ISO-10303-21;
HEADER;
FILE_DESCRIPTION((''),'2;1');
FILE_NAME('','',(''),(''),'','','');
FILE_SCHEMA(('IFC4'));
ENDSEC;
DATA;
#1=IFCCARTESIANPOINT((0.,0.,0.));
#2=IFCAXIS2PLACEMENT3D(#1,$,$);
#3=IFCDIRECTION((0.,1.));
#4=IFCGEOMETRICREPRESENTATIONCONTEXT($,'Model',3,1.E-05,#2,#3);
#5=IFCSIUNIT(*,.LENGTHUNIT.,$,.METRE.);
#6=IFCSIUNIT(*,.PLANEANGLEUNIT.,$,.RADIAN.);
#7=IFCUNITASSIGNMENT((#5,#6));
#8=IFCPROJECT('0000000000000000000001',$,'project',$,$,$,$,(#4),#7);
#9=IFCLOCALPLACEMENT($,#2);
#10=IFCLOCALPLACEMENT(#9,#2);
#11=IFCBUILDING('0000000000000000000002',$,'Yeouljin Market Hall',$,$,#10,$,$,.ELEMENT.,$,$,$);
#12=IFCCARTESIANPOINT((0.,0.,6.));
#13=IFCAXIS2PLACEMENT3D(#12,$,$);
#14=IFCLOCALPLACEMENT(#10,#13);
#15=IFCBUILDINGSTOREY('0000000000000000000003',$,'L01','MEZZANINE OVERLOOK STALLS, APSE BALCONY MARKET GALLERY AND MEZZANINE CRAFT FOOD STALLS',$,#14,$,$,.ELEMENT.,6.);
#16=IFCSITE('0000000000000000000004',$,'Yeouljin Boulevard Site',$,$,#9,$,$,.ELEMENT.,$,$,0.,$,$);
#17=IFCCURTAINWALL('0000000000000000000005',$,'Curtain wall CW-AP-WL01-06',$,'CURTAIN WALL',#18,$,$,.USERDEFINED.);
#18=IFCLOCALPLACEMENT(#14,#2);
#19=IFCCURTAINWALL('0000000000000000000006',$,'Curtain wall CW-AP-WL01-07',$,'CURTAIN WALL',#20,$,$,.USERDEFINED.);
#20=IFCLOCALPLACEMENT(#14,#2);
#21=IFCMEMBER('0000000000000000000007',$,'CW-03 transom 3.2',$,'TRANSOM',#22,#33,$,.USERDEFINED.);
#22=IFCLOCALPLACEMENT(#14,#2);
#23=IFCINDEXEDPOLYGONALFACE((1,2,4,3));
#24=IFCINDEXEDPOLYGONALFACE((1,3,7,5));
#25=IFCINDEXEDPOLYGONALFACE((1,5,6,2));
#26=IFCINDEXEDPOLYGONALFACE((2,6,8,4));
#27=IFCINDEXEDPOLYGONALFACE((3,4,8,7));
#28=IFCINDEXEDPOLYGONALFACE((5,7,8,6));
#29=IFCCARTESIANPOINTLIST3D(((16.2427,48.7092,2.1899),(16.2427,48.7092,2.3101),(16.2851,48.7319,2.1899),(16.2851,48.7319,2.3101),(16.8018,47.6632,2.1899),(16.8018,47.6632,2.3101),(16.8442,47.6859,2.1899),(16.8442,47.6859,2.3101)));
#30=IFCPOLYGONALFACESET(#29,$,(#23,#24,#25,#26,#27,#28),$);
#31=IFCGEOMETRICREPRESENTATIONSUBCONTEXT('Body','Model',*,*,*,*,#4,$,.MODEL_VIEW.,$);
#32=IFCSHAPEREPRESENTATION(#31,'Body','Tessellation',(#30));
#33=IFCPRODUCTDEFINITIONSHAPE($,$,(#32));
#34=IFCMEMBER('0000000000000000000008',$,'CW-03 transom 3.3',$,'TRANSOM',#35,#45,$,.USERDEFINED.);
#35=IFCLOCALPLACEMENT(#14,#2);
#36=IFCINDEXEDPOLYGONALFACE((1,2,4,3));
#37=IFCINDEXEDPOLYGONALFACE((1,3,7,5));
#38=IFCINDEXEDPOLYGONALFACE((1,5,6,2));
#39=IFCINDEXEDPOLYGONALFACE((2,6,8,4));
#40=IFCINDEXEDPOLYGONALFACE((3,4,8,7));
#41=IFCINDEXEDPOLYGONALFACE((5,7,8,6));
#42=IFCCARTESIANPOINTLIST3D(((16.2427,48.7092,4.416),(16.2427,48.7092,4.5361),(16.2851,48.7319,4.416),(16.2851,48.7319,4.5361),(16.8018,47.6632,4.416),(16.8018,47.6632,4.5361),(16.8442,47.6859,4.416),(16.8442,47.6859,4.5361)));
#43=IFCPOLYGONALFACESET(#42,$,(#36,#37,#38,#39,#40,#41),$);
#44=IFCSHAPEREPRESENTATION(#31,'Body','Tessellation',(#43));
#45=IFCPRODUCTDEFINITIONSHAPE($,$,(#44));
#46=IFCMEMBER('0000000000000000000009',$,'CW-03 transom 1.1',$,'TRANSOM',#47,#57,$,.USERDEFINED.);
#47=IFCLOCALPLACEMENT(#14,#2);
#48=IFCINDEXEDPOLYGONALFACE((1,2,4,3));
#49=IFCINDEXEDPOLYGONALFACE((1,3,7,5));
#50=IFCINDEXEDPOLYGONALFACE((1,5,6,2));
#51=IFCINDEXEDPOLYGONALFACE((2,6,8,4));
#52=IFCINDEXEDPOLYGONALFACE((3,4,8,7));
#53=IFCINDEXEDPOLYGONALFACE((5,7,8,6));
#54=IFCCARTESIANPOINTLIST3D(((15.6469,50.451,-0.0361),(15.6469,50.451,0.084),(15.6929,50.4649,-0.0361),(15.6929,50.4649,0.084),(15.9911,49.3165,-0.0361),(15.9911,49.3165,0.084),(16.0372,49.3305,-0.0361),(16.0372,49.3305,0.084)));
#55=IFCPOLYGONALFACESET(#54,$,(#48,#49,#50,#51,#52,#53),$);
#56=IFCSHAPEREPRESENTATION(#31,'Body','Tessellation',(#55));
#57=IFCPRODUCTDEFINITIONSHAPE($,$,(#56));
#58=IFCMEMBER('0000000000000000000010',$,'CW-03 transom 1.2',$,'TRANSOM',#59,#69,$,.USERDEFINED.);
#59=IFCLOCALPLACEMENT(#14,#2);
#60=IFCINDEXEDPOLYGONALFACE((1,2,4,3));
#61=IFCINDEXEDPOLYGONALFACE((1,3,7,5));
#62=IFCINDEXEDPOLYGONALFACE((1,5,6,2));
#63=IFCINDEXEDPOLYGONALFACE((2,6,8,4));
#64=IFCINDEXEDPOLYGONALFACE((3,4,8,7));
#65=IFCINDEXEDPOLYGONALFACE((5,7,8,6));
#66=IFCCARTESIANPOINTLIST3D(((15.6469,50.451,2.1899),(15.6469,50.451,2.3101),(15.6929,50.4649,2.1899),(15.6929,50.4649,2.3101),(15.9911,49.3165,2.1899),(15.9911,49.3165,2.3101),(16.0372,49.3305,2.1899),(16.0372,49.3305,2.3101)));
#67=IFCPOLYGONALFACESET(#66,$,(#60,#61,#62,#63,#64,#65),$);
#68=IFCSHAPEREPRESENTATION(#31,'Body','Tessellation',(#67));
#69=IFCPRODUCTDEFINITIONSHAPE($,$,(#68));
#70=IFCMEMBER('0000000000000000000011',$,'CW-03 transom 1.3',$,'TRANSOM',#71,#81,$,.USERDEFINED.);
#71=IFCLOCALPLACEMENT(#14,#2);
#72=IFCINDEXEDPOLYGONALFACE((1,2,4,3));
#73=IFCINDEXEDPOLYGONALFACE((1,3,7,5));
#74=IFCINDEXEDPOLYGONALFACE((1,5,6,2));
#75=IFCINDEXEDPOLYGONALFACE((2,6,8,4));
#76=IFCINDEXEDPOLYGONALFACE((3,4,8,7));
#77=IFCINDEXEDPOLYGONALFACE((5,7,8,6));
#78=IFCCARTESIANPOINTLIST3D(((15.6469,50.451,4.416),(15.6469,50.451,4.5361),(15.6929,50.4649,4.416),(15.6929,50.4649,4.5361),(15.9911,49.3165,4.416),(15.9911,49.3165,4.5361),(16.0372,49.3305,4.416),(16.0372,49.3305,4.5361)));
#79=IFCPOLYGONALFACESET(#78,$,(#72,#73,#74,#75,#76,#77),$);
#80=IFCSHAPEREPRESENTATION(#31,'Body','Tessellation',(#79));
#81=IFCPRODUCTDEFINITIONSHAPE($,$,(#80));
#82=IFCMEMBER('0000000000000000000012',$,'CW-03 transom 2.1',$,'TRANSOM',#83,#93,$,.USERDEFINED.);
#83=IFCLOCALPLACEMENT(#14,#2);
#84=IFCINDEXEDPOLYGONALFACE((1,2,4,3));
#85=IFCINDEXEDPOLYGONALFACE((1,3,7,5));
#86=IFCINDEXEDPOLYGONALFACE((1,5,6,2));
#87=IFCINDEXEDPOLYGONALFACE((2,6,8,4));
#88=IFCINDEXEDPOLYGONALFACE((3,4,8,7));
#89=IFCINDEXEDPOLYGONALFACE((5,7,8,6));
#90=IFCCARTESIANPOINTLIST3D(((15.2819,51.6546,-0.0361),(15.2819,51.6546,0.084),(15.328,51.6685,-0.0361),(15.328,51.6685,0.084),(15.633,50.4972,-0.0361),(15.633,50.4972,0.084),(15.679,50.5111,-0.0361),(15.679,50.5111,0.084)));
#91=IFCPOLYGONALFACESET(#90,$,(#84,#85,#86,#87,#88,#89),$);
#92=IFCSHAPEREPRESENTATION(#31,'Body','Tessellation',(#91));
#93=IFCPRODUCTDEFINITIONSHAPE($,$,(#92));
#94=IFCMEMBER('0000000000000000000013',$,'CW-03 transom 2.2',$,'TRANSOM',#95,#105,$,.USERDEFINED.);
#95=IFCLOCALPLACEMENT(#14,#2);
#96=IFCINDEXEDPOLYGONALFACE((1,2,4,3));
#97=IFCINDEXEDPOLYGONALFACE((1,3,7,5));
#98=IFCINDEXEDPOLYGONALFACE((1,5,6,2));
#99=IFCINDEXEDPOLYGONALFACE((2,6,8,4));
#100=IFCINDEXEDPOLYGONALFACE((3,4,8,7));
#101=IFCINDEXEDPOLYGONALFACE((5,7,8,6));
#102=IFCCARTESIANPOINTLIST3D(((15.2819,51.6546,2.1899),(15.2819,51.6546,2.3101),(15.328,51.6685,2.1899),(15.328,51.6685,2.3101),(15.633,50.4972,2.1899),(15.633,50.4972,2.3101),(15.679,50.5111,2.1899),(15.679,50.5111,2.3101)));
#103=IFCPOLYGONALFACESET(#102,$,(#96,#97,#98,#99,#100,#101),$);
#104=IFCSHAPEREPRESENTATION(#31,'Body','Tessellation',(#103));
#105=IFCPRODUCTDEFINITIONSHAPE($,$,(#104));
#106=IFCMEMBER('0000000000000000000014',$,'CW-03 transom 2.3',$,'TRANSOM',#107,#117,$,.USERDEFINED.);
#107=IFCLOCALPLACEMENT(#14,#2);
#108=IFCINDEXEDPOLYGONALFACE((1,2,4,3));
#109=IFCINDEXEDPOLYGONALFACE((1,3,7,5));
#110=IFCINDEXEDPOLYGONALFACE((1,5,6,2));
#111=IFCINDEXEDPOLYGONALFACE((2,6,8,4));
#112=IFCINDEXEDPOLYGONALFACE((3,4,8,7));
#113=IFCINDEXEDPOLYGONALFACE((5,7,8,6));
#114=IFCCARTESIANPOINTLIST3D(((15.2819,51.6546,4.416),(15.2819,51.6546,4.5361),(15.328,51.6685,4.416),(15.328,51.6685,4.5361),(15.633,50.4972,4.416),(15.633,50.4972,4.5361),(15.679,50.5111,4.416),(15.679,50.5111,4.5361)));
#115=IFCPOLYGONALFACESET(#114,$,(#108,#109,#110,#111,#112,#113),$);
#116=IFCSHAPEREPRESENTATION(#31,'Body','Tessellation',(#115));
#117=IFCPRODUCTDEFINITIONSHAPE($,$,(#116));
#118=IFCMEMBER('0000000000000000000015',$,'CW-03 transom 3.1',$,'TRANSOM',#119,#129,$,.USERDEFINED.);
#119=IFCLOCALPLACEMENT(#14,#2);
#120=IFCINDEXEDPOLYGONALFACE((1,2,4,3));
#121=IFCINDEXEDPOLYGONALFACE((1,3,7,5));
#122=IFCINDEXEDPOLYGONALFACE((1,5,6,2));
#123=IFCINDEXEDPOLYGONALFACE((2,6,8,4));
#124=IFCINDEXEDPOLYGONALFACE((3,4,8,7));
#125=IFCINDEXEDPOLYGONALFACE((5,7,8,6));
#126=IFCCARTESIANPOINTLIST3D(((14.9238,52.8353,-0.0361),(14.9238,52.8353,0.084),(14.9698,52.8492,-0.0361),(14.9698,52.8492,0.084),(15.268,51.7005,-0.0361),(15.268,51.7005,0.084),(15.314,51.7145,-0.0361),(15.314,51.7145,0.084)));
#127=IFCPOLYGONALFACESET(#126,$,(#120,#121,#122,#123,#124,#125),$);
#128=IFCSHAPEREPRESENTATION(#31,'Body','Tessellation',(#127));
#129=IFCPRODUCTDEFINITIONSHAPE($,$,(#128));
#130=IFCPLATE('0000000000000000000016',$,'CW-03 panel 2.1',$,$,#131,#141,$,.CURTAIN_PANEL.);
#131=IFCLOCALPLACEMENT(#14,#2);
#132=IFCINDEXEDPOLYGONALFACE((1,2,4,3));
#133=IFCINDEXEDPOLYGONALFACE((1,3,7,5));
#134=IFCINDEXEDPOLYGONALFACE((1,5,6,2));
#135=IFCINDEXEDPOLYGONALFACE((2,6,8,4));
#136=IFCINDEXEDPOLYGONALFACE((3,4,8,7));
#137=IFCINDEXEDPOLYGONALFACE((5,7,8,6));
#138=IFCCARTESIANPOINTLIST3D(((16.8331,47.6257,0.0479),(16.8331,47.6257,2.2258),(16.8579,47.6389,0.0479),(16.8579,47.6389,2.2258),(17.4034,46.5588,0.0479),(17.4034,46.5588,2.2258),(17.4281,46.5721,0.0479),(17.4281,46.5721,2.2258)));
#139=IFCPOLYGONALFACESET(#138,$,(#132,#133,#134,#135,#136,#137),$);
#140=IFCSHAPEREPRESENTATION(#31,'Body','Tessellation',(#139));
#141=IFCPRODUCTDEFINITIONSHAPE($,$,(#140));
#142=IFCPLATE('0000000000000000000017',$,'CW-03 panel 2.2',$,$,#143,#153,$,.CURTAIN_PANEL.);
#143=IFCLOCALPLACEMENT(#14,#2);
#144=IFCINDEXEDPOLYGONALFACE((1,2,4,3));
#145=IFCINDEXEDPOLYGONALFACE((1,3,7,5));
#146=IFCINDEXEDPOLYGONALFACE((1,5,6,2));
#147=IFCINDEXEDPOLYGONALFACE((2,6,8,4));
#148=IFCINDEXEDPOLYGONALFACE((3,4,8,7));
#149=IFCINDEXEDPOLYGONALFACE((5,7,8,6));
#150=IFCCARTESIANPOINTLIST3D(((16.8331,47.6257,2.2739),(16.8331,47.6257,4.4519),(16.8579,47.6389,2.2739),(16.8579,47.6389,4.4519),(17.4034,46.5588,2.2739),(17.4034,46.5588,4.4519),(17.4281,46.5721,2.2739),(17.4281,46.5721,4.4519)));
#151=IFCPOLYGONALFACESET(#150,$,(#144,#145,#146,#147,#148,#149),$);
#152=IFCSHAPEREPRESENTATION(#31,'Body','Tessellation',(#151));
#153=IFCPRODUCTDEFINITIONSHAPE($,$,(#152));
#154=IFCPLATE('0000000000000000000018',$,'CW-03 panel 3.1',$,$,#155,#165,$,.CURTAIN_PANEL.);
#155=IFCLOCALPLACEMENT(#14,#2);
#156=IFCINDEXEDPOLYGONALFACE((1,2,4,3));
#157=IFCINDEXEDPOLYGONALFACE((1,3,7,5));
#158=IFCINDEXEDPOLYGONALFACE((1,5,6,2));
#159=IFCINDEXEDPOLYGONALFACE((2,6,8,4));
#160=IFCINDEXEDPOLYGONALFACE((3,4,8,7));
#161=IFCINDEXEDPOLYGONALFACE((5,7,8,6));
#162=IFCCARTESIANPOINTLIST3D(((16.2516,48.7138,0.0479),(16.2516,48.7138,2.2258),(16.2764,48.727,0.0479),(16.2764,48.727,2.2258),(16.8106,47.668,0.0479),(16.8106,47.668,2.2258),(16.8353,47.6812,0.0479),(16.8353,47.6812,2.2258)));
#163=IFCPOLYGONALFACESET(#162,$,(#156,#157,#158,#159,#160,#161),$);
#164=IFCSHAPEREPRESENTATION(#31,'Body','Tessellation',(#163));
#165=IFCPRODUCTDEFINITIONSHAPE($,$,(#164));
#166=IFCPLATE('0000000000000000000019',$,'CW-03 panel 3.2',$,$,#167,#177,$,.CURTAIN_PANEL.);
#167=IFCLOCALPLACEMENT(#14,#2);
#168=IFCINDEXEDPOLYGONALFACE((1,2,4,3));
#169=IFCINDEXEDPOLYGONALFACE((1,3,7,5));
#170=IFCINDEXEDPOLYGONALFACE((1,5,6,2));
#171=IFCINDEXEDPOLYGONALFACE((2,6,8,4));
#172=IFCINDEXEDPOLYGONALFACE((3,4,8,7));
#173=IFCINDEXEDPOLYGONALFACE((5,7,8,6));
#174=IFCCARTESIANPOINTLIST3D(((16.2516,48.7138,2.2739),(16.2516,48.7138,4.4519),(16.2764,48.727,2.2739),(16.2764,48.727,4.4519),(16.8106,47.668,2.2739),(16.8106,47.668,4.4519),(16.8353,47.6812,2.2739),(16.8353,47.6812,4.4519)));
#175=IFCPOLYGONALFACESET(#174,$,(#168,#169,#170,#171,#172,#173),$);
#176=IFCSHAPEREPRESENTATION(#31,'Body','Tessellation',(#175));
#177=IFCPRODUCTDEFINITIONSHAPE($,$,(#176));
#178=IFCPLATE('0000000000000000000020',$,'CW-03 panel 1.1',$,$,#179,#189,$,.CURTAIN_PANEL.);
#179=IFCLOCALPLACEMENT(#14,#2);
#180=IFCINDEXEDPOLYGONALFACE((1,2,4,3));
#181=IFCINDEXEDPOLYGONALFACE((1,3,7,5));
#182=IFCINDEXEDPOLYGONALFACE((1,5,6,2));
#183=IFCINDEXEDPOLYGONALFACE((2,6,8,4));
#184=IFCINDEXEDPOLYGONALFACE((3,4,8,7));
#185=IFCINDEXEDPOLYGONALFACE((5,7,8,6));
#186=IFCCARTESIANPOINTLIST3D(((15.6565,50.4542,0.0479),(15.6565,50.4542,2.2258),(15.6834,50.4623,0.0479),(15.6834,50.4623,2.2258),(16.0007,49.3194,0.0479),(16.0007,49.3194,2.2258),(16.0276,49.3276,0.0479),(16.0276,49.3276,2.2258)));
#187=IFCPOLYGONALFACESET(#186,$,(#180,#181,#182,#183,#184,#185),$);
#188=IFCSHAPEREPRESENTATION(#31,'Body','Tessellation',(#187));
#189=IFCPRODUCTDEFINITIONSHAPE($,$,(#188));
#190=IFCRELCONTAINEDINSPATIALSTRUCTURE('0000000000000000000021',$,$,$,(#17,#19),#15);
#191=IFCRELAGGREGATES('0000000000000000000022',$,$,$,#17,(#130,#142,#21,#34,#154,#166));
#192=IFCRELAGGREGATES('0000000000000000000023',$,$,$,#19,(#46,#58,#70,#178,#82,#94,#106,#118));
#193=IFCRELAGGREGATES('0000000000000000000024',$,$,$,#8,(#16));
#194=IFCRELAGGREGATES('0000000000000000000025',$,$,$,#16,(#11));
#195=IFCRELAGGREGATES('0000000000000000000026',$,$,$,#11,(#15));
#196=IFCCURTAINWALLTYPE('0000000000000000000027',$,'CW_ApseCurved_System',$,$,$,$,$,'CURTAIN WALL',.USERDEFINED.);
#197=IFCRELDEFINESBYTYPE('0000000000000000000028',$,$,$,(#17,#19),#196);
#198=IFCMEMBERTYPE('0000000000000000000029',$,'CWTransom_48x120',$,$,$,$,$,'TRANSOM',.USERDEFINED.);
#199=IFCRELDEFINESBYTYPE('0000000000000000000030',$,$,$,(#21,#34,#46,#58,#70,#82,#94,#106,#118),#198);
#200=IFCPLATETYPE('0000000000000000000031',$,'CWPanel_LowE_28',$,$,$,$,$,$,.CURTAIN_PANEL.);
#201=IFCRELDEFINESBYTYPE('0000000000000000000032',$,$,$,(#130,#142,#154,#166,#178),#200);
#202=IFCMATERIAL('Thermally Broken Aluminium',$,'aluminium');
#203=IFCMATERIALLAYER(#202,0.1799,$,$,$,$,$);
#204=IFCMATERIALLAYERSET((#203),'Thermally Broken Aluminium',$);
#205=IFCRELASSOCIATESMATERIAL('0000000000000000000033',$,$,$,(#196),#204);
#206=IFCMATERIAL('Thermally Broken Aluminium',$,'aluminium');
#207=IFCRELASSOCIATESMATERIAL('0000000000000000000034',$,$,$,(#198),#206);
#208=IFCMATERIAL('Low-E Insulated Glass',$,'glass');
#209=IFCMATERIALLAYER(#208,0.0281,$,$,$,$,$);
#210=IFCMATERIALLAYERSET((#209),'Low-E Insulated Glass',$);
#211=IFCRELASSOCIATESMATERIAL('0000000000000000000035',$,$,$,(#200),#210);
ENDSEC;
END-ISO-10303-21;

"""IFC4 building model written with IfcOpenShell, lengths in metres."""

from ifc_helpers import new_model, si_unit, direction, frame, origin, origin_2d, place, context, subcontext, project, spatial, rectangle, extrude, material, layer, layer_set, material_profile, profile_set, type_object, element, aggregate, save


model = new_model("IFC4")

# Units and contexts
model_context = context("Model", 3, precision=1e-05, world=origin(), true_north=direction((0.0, 1.0)))
body_context = subcontext(model_context, "Body", "Model", "MODEL_VIEW")
ifc_project = project(units=[si_unit("LENGTHUNIT", "METRE"), si_unit("PLANEANGLEUNIT", "RADIAN")], contexts=[model_context])

# Site, building, storey
site_placement = place(None, origin())
site = spatial("IfcSite", under=ifc_project, at=site_placement, Name="Yeouljin Boulevard Site", CompositionType="ELEMENT", RefElevation=0.0)
building_placement = place(site_placement, origin())
building = spatial("IfcBuilding", under=site, at=building_placement, Name="Yeouljin Market Hall", CompositionType="ELEMENT")
storey_placement = place(building_placement, frame((0.0, 0.0, 6.0)))
storey = spatial("IfcBuildingStorey", under=building, at=storey_placement, Name="L01", Description="MEZZANINE OVERLOOK STALLS, APSE BALCONY MARKET GALLERY AND MEZZANINE CRAFT FOOD STALLS", CompositionType="ELEMENT", Elevation=6.0)

# Curtain walls
ifc_material_1 = material(Name="Thermally Broken Aluminium", Category="aluminium")
ifc_layer_1 = layer(ifc_material_1, 0.1799)
ifc_layer_set_1 = layer_set([ifc_layer_1], Name="Thermally Broken Aluminium")
curtain_wall_type = type_object("IfcCurtainWallType", Name="CW_ApseCurved_System", ElementType="CURTAIN WALL", PredefinedType="USERDEFINED", material=ifc_layer_set_1)
curtain_wall_1_placement = place(storey_placement, origin())
curtain_wall_1 = element("IfcCurtainWall", 1, at=curtain_wall_1_placement, inside=storey, type_object=curtain_wall_type, Name="Curtain wall CW-AP-WL01-06", ObjectType="CURTAIN WALL", PredefinedType="USERDEFINED")
curtain_wall_2_placement = place(storey_placement, origin())
curtain_wall_2 = element("IfcCurtainWall", 2, at=curtain_wall_2_placement, inside=storey, type_object=curtain_wall_type, Name="Curtain wall CW-AP-WL01-07", ObjectType="CURTAIN WALL", PredefinedType="USERDEFINED")

# Members
ifc_material_2 = material(Name="Thermally Broken Aluminium", Category="aluminium")
ifc_material_profile_1 = material_profile(ifc_material_2, rectangle(XDim=0.0481, YDim=0.1201, at=origin_2d()), Name="CW-TRAN-48x120")
ifc_profile_set_1 = profile_set([ifc_material_profile_1], Name="Thermally Broken Aluminium")
member_type_1 = type_object("IfcMemberType", Name="CWTransom_48x120", ElementType="TRANSOM", PredefinedType="USERDEFINED", material=ifc_profile_set_1)
member_1_placement = place(storey_placement, frame((16.823, 47.6746, 2.25), z_axis=(-0.471421, 0.881908, 0.0), x_axis=(-0.881908, -0.471421, 0.0)))
member_1 = element("IfcMember", 3, at=member_1_placement, type_object=member_type_1, Name="CW-03 transom 3.2", ObjectType="TRANSOM", PredefinedType="USERDEFINED", context=body_context, shape_type="SweptSolid", body=[
    extrude(rectangle(XDim=0.0481, YDim=0.1201, at=origin_2d()), origin(), (0.0, 0.0, 1.0), 1.186),
])
member_2_placement = place(storey_placement, frame((16.823, 47.6746, 4.4761), z_axis=(-0.471421, 0.881908, 0.0), x_axis=(-0.881908, -0.471421, 0.0)))
member_2 = element("IfcMember", 4, at=member_2_placement, type_object=member_type_1, Name="CW-03 transom 3.3", ObjectType="TRANSOM", PredefinedType="USERDEFINED", context=body_context, shape_type="SweptSolid", body=[
    extrude(rectangle(XDim=0.0481, YDim=0.1201, at=origin_2d()), origin(), (0.0, 0.0, 1.0), 1.186),
])
member_3_placement = place(storey_placement, frame((16.0142, 49.3235, 0.0239), z_axis=(-0.29035, 0.95692, 0.0), x_axis=(-0.95692, -0.29035, 0.0)))
member_3 = element("IfcMember", 5, at=member_3_placement, type_object=member_type_1, Name="CW-03 transom 1.1", ObjectType="TRANSOM", PredefinedType="USERDEFINED", context=body_context, shape_type="SweptSolid", body=[
    extrude(rectangle(XDim=0.0481, YDim=0.1201, at=origin_2d()), origin(), (0.0, 0.0, 1.0), 1.1855),
])
member_4_placement = place(storey_placement, frame((16.0142, 49.3235, 2.25), z_axis=(-0.29035, 0.95692, 0.0), x_axis=(-0.95692, -0.29035, 0.0)))
member_4 = element("IfcMember", 6, at=member_4_placement, type_object=member_type_1, Name="CW-03 transom 1.2", ObjectType="TRANSOM", PredefinedType="USERDEFINED", context=body_context, shape_type="SweptSolid", body=[
    extrude(rectangle(XDim=0.0481, YDim=0.1201, at=origin_2d()), origin(), (0.0, 0.0, 1.0), 1.1855),
])
member_5_placement = place(storey_placement, frame((16.0142, 49.3235, 4.4761), z_axis=(-0.29035, 0.95692, 0.0), x_axis=(-0.95692, -0.29035, 0.0)))
member_5 = element("IfcMember", 7, at=member_5_placement, type_object=member_type_1, Name="CW-03 transom 1.3", ObjectType="TRANSOM", PredefinedType="USERDEFINED", context=body_context, shape_type="SweptSolid", body=[
    extrude(rectangle(XDim=0.0481, YDim=0.1201, at=origin_2d()), origin(), (0.0, 0.0, 1.0), 1.1855),
])
member_6_placement = place(storey_placement, frame((15.656, 50.5042, 0.0239), z_axis=(-0.290254, 0.95695, 0.0), x_axis=(-0.95695, -0.290254, 0.0)))
member_6 = element("IfcMember", 8, at=member_6_placement, type_object=member_type_1, Name="CW-03 transom 2.1", ObjectType="TRANSOM", PredefinedType="USERDEFINED", context=body_context, shape_type="SweptSolid", body=[
    extrude(rectangle(XDim=0.0481, YDim=0.1201, at=origin_2d()), origin(), (0.0, 0.0, 1.0), 1.2095),
])
member_7_placement = place(storey_placement, frame((15.656, 50.5042, 2.25), z_axis=(-0.290254, 0.95695, 0.0), x_axis=(-0.95695, -0.290254, 0.0)))
member_7 = element("IfcMember", 9, at=member_7_placement, type_object=member_type_1, Name="CW-03 transom 2.2", ObjectType="TRANSOM", PredefinedType="USERDEFINED", context=body_context, shape_type="SweptSolid", body=[
    extrude(rectangle(XDim=0.0481, YDim=0.1201, at=origin_2d()), origin(), (0.0, 0.0, 1.0), 1.2095),
])
member_8_placement = place(storey_placement, frame((15.656, 50.5042, 4.4761), z_axis=(-0.290254, 0.95695, 0.0), x_axis=(-0.95695, -0.290254, 0.0)))
member_8 = element("IfcMember", 10, at=member_8_placement, type_object=member_type_1, Name="CW-03 transom 2.3", ObjectType="TRANSOM", PredefinedType="USERDEFINED", context=body_context, shape_type="SweptSolid", body=[
    extrude(rectangle(XDim=0.0481, YDim=0.1201, at=origin_2d()), origin(), (0.0, 0.0, 1.0), 1.2095),
])
member_9_placement = place(storey_placement, frame((15.291, 51.7075, 0.0239), z_axis=(-0.290293, 0.956938, 0.0), x_axis=(-0.956938, -0.290293, 0.0)))
member_9 = element("IfcMember", 11, at=member_9_placement, type_object=member_type_1, Name="CW-03 transom 3.1", ObjectType="TRANSOM", PredefinedType="USERDEFINED", context=body_context, shape_type="SweptSolid", body=[
    extrude(rectangle(XDim=0.0481, YDim=0.1201, at=origin_2d()), origin(), (0.0, 0.0, 1.0), 1.1858),
])

# Plates
ifc_material_3 = material(Name="Low-E Insulated Glass", Category="glass")
ifc_layer_2 = layer(ifc_material_3, 0.0281)
ifc_layer_set_2 = layer_set([ifc_layer_2], Name="Low-E Insulated Glass")
plate_type = type_object("IfcPlateType", Name="CWPanel_LowE_28", PredefinedType="CURTAIN_PANEL", material=ifc_layer_set_2)
plate_1_placement = place(storey_placement, frame((17.1306, 47.0989, 0.0479), z_axis=(0.0, 0.0, 1.0), x_axis=(-0.471378, 0.881931, 0.0)))
plate_1 = element("IfcPlate", 12, at=plate_1_placement, type_object=plate_type, Name="CW-03 panel 2.1", PredefinedType="CURTAIN_PANEL", context=body_context, shape_type="SweptSolid", body=[
    extrude(rectangle(XDim=1.2097, YDim=0.0281, at=origin_2d()), origin(), (0.0, 0.0, 1.0), 2.178),
])
plate_2_placement = place(storey_placement, frame((17.1306, 47.0989, 2.2739), z_axis=(0.0, 0.0, 1.0), x_axis=(-0.471378, 0.881931, 0.0)))
plate_2 = element("IfcPlate", 13, at=plate_2_placement, type_object=plate_type, Name="CW-03 panel 2.2", PredefinedType="CURTAIN_PANEL", context=body_context, shape_type="SweptSolid", body=[
    extrude(rectangle(XDim=1.2097, YDim=0.0281, at=origin_2d()), origin(), (0.0, 0.0, 1.0), 2.178),
])
plate_3_placement = place(storey_placement, frame((16.5435, 48.1975, 0.0479), z_axis=(0.0, 0.0, 1.0), x_axis=(-0.471378, 0.881931, 0.0)))
plate_3 = element("IfcPlate", 14, at=plate_3_placement, type_object=plate_type, Name="CW-03 panel 3.1", PredefinedType="CURTAIN_PANEL", context=body_context, shape_type="SweptSolid", body=[
    extrude(rectangle(XDim=1.1858, YDim=0.0281, at=origin_2d()), origin(), (0.0, 0.0, 1.0), 2.178),
])
plate_4_placement = place(storey_placement, frame((16.5435, 48.1975, 2.2739), z_axis=(0.0, 0.0, 1.0), x_axis=(-0.471378, 0.881931, 0.0)))
plate_4 = element("IfcPlate", 15, at=plate_4_placement, type_object=plate_type, Name="CW-03 panel 3.2", PredefinedType="CURTAIN_PANEL", context=body_context, shape_type="SweptSolid", body=[
    extrude(rectangle(XDim=1.1858, YDim=0.0281, at=origin_2d()), origin(), (0.0, 0.0, 1.0), 2.178),
])
aggregate(curtain_wall_1, [plate_1, plate_2, member_1, member_2, plate_3, plate_4])
plate_5_placement = place(storey_placement, frame((15.842, 49.8909, 0.0479), z_axis=(0.0, 0.0, 1.0), x_axis=(-0.290286, 0.95694, 0.0)))
plate_5 = element("IfcPlate", 16, at=plate_5_placement, type_object=plate_type, Name="CW-03 panel 1.1", PredefinedType="CURTAIN_PANEL", context=body_context, shape_type="SweptSolid", body=[
    extrude(rectangle(XDim=1.1858, YDim=0.0281, at=origin_2d()), origin(), (0.0, 0.0, 1.0), 2.178),
])
aggregate(curtain_wall_2, [member_3, member_4, member_5, plate_5, member_6, member_7, member_8, member_9])

save(model, "model.ifc")
